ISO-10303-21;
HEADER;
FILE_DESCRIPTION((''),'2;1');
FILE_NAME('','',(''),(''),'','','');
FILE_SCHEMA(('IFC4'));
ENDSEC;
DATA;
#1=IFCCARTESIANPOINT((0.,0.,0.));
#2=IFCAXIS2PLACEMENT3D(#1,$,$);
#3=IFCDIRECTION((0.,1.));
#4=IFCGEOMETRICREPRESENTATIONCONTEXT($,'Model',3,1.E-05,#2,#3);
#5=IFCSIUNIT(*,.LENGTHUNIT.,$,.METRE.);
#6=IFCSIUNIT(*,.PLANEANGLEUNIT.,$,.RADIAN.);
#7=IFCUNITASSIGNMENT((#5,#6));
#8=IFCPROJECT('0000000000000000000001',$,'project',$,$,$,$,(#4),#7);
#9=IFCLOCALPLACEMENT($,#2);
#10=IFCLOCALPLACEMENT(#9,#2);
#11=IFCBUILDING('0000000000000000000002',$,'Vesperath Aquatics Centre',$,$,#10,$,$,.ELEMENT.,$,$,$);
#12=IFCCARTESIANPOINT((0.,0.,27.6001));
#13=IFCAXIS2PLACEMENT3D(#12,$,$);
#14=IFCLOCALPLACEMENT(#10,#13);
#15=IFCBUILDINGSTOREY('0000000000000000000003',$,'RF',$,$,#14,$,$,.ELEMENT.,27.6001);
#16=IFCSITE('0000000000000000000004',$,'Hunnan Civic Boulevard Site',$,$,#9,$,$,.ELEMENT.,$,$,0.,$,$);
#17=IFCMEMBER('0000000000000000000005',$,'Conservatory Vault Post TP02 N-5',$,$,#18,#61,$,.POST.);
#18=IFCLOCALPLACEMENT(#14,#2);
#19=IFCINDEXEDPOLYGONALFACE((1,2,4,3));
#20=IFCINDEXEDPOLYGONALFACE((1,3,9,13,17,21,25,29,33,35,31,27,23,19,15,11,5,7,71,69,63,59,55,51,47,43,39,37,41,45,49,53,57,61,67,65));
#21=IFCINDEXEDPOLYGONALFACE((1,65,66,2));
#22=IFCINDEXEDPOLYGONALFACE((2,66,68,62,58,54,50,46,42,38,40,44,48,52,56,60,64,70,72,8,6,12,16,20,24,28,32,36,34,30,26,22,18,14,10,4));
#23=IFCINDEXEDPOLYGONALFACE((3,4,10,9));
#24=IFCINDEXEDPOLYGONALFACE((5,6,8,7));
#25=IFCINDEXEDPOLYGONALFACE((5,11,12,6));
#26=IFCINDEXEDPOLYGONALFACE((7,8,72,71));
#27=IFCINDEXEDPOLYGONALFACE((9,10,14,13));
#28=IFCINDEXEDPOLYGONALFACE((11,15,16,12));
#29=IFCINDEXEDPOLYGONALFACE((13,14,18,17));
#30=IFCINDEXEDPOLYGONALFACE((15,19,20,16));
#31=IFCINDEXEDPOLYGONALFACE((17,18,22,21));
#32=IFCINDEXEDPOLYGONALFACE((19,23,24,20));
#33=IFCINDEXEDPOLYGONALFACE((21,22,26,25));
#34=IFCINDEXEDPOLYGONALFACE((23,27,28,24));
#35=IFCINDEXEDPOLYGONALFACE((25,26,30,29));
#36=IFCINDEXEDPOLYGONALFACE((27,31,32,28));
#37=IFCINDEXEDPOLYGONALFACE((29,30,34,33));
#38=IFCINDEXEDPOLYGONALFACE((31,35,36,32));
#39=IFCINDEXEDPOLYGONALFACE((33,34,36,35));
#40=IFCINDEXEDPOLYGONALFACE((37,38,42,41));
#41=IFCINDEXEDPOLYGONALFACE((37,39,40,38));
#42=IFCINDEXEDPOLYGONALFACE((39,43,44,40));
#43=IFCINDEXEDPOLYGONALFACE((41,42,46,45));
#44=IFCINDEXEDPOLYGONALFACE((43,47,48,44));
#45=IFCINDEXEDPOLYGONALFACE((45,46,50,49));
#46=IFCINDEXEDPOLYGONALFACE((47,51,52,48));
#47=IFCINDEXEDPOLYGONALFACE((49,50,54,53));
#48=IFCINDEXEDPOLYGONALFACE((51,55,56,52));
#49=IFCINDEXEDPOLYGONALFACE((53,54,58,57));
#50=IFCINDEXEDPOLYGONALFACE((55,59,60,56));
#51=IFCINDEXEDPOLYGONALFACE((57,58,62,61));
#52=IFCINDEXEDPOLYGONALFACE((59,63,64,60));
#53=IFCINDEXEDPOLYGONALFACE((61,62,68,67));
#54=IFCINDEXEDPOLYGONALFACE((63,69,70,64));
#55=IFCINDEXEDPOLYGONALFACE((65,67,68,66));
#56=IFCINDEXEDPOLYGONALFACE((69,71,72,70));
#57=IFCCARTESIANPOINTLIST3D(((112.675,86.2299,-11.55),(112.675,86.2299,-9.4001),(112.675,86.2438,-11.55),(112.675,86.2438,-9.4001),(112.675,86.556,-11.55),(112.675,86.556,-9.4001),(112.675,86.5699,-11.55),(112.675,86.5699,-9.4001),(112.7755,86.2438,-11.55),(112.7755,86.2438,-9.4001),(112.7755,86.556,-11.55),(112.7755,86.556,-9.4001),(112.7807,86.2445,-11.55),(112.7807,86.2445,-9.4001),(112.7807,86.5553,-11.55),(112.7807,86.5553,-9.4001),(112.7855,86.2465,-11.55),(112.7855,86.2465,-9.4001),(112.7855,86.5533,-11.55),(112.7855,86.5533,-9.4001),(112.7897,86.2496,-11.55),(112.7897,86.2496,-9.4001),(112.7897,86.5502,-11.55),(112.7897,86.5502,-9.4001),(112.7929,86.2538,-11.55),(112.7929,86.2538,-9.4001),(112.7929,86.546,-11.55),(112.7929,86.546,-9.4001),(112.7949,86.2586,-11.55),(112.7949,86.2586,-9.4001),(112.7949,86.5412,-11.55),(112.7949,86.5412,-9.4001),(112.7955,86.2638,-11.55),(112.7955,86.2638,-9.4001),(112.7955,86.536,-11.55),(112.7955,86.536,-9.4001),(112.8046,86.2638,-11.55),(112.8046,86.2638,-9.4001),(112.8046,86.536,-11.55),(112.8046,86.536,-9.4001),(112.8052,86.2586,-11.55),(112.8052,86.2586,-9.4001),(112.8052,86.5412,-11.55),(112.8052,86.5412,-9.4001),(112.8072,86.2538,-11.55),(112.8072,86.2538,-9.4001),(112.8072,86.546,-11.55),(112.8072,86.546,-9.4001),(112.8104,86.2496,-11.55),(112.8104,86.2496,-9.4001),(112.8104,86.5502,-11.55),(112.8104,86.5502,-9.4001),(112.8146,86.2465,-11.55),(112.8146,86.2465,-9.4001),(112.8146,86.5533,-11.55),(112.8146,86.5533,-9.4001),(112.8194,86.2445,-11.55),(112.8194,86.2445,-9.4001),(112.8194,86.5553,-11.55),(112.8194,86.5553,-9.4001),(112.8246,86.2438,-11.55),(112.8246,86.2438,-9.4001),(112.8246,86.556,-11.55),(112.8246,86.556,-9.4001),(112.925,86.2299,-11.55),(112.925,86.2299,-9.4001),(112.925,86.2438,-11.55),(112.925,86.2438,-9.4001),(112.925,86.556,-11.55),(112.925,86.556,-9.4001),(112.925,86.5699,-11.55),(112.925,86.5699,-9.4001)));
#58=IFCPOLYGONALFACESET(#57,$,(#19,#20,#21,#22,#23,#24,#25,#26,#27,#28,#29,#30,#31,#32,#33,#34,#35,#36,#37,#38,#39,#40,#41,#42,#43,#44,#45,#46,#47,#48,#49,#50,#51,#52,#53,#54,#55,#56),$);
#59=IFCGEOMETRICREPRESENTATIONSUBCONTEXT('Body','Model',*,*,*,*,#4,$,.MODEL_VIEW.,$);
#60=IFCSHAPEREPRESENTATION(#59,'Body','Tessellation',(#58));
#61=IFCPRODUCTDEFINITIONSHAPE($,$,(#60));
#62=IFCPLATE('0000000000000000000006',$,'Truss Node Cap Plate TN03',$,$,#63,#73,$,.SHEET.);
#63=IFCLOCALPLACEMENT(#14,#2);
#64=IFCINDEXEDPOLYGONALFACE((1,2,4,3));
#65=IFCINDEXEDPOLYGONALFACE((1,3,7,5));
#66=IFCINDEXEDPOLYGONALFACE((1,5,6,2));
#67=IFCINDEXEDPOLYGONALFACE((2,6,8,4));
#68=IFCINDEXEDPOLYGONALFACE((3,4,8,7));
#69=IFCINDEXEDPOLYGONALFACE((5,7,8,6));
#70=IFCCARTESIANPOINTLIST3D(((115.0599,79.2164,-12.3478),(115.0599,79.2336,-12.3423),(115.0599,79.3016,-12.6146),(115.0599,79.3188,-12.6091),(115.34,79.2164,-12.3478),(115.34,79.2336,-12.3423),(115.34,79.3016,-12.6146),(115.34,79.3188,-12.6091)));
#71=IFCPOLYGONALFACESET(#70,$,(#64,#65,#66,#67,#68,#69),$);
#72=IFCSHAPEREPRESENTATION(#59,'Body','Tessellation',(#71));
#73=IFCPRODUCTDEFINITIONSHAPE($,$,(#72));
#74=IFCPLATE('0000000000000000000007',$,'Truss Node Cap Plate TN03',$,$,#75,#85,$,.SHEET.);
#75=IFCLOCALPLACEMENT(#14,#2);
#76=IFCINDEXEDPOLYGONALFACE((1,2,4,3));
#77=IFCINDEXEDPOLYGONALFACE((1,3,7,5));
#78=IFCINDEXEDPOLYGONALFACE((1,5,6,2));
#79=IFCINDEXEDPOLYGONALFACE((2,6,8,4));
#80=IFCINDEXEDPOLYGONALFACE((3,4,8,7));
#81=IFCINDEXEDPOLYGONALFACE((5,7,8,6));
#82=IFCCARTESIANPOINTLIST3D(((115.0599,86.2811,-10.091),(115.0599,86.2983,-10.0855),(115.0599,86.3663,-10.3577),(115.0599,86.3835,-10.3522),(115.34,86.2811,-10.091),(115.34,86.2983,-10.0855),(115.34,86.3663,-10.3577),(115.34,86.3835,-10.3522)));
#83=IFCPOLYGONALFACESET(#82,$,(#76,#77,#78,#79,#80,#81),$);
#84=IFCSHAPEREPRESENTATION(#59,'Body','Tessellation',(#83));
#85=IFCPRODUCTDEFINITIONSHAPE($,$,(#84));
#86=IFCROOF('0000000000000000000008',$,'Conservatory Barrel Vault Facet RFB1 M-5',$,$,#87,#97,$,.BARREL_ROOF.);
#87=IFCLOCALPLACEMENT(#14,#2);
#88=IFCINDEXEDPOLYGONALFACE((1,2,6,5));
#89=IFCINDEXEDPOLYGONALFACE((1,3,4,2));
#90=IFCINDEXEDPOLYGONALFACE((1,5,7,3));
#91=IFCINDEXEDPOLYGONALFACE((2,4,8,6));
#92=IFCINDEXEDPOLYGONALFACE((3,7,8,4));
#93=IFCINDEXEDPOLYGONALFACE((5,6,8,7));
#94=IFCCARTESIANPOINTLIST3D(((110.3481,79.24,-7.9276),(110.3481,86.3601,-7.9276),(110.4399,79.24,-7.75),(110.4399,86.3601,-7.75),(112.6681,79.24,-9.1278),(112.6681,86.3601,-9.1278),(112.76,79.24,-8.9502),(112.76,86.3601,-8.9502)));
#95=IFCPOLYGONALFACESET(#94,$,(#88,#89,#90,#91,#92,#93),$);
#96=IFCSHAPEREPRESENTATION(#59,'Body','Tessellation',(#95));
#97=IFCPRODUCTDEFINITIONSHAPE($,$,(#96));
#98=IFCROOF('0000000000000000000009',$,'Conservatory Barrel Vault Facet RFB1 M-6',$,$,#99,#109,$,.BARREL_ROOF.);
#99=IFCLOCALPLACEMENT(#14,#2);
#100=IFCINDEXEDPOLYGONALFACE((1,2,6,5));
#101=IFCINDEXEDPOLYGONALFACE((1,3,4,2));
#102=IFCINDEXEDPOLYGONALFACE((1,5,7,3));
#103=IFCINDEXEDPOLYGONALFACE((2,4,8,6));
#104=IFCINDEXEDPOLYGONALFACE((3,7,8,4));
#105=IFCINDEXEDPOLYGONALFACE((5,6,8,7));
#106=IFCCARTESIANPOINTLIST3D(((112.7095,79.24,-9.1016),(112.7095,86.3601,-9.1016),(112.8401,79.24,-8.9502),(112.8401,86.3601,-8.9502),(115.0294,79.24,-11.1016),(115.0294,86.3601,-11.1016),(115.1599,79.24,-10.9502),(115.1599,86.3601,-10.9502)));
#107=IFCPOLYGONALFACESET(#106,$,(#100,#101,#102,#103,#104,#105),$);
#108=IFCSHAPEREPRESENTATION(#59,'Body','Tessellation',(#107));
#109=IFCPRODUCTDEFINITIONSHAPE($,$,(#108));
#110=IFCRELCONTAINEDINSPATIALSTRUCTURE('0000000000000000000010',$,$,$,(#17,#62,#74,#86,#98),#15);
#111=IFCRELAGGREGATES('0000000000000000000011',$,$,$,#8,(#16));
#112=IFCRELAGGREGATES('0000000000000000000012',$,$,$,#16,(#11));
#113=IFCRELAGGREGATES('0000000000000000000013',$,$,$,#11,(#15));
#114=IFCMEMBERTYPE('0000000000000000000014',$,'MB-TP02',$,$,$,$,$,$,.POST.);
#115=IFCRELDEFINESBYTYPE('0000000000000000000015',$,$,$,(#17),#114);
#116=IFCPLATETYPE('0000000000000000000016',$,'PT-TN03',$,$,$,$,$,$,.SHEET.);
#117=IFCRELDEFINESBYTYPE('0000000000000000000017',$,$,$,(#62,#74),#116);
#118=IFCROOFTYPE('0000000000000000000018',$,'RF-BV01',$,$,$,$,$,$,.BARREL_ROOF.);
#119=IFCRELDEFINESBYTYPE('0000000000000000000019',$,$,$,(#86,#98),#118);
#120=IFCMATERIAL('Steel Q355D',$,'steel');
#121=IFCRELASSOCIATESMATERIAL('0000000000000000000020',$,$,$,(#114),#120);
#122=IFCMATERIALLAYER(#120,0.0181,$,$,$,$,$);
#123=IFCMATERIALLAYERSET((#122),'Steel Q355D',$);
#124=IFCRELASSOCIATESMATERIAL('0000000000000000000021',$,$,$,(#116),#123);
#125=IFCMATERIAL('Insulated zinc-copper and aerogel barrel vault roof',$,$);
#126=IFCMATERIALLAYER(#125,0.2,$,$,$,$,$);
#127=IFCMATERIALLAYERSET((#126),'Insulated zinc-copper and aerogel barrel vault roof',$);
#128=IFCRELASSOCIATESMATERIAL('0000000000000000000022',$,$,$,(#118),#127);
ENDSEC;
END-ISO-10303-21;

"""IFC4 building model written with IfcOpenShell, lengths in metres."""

from ifc_helpers import new_model, si_unit, direction, frame, origin, origin_2d, place, context, subcontext, project, spatial, polyline, rectangle, i_section, outline, extrude, material, layer, layer_set, material_profile, profile_set, type_object, element, save


model = new_model("IFC4")

# Units and contexts
model_context = context("Model", 3, precision=1e-05, world=origin(), true_north=direction((0.0, 1.0)))
body_context = subcontext(model_context, "Body", "Model", "MODEL_VIEW")
ifc_project = project(units=[si_unit("LENGTHUNIT", "METRE"), si_unit("PLANEANGLEUNIT", "RADIAN")], contexts=[model_context])

# Site, building, storey
site_placement = place(None, origin())
site = spatial("IfcSite", under=ifc_project, at=site_placement, Name="Hunnan Civic Boulevard Site", CompositionType="ELEMENT", RefElevation=0.0)
building_placement = place(site_placement, origin())
building = spatial("IfcBuilding", under=site, at=building_placement, Name="Vesperath Aquatics Centre", CompositionType="ELEMENT")
storey_placement = place(building_placement, frame((0.0, 0.0, 27.6001)))
storey = spatial("IfcBuildingStorey", under=building, at=storey_placement, Name="RF", CompositionType="ELEMENT", Elevation=27.6001)

# Member
ifc_material_1 = material(Name="Steel Q355D", Category="steel")
ifc_material_profile_1 = material_profile(ifc_material_1, i_section(OverallWidth=0.25, OverallDepth=0.3401, WebThickness=0.009, FlangeThickness=0.0139, FilletRadius=0.02, at=origin_2d()), Name="HM 340x250x9x14")
ifc_profile_set_1 = profile_set([ifc_material_profile_1], Name="Steel Q355D")
member_type_1 = type_object("IfcMemberType", Name="MB-TP02", PredefinedType="POST", material=ifc_profile_set_1)
member_1_placement = place(storey_placement, frame((112.8, 86.3999, -11.55), z_axis=(0.0, 0.0, 1.0), x_axis=(1.0, 0.0, 0.0)))
element("IfcMember", 1, at=member_1_placement, inside=storey, type_object=member_type_1, Name="Conservatory Vault Post TP02 N-5", PredefinedType="POST", context=body_context, shape_type="SweptSolid", body=[
    extrude(i_section(OverallWidth=0.25, OverallDepth=0.3401, WebThickness=0.009, FlangeThickness=0.0139, FilletRadius=0.02, at=origin_2d()), origin(), (0.0, 0.0, 1.0), 2.1499),
])

# Plates
ifc_layer_1 = layer(ifc_material_1, 0.0181)
ifc_layer_set_1 = layer_set([ifc_layer_1], Name="Steel Q355D")
plate_type = type_object("IfcPlateType", Name="PT-TN03", PredefinedType="SHEET", material=ifc_layer_set_1)
for number, where, z_axis, x_axis, name in (
    (2, (115.2, 79.259, -12.4812), (0.0, 0.952578, 0.304296), (-1.0, 0.0, 0.0), "Truss Node Cap Plate TN03"),
    (3, (115.2, 86.3237, -10.2244), (0.0, 0.952578, 0.304296), (-1.0, 0.0, 0.0), "Truss Node Cap Plate TN03"),
):
    element("IfcPlate", number, at=place(storey_placement, frame(where, z_axis=z_axis, x_axis=x_axis)), inside=storey, type_object=plate_type, Name=name, PredefinedType="SHEET", context=body_context, shape_type="SweptSolid", body=[
        extrude(rectangle(XDim=0.28, YDim=0.28, at=origin_2d()), origin(), (0.0, 0.0, 1.0), 0.0181),
    ])

# Roofs
ifc_material_2 = material(Name="Insulated zinc-copper and aerogel barrel vault roof")
ifc_layer_2 = layer(ifc_material_2, 0.2)
ifc_layer_set_2 = layer_set([ifc_layer_2], Name="Insulated zinc-copper and aerogel barrel vault roof")
roof_type = type_object("IfcRoofType", Name="RF-BV01", PredefinedType="BARREL_ROOF", material=ifc_layer_set_2)
roof_1_placement = place(storey_placement, frame((110.4399, 79.24, -7.75), z_axis=(0.459471, 0.0, 0.888193), x_axis=(0.888193, 0.0, -0.459471)))
element("IfcRoof", 4, at=roof_1_placement, inside=storey, type_object=roof_type, Name="Conservatory Barrel Vault Facet RFB1 M-5", PredefinedType="BARREL_ROOF", context=body_context, shape_type="SweptSolid", body=[
    extrude(outline(polyline([(0.0, 0.0), (2.6121, 0.0), (2.6121, 7.1201), (0.0, 7.1201), (0.0, 0.0)])), origin(), (0.0, 0.0, -1.0), 0.2),
])
roof_2_placement = place(storey_placement, frame((112.8401, 79.24, -8.9502), z_axis=(0.652968, 0.0, 0.757385), x_axis=(0.757385, 0.0, -0.652968)))
element("IfcRoof", 5, at=roof_2_placement, inside=storey, type_object=roof_type, Name="Conservatory Barrel Vault Facet RFB1 M-6", PredefinedType="BARREL_ROOF", context=body_context, shape_type="SweptSolid", body=[
    extrude(outline(polyline([(0.0, 0.0), (3.0629, 0.0), (3.0629, 7.1201), (0.0, 7.1201), (0.0, 0.0)])), origin(), (0.0, 0.0, -1.0), 0.2),
])

save(model, "model.ifc")
